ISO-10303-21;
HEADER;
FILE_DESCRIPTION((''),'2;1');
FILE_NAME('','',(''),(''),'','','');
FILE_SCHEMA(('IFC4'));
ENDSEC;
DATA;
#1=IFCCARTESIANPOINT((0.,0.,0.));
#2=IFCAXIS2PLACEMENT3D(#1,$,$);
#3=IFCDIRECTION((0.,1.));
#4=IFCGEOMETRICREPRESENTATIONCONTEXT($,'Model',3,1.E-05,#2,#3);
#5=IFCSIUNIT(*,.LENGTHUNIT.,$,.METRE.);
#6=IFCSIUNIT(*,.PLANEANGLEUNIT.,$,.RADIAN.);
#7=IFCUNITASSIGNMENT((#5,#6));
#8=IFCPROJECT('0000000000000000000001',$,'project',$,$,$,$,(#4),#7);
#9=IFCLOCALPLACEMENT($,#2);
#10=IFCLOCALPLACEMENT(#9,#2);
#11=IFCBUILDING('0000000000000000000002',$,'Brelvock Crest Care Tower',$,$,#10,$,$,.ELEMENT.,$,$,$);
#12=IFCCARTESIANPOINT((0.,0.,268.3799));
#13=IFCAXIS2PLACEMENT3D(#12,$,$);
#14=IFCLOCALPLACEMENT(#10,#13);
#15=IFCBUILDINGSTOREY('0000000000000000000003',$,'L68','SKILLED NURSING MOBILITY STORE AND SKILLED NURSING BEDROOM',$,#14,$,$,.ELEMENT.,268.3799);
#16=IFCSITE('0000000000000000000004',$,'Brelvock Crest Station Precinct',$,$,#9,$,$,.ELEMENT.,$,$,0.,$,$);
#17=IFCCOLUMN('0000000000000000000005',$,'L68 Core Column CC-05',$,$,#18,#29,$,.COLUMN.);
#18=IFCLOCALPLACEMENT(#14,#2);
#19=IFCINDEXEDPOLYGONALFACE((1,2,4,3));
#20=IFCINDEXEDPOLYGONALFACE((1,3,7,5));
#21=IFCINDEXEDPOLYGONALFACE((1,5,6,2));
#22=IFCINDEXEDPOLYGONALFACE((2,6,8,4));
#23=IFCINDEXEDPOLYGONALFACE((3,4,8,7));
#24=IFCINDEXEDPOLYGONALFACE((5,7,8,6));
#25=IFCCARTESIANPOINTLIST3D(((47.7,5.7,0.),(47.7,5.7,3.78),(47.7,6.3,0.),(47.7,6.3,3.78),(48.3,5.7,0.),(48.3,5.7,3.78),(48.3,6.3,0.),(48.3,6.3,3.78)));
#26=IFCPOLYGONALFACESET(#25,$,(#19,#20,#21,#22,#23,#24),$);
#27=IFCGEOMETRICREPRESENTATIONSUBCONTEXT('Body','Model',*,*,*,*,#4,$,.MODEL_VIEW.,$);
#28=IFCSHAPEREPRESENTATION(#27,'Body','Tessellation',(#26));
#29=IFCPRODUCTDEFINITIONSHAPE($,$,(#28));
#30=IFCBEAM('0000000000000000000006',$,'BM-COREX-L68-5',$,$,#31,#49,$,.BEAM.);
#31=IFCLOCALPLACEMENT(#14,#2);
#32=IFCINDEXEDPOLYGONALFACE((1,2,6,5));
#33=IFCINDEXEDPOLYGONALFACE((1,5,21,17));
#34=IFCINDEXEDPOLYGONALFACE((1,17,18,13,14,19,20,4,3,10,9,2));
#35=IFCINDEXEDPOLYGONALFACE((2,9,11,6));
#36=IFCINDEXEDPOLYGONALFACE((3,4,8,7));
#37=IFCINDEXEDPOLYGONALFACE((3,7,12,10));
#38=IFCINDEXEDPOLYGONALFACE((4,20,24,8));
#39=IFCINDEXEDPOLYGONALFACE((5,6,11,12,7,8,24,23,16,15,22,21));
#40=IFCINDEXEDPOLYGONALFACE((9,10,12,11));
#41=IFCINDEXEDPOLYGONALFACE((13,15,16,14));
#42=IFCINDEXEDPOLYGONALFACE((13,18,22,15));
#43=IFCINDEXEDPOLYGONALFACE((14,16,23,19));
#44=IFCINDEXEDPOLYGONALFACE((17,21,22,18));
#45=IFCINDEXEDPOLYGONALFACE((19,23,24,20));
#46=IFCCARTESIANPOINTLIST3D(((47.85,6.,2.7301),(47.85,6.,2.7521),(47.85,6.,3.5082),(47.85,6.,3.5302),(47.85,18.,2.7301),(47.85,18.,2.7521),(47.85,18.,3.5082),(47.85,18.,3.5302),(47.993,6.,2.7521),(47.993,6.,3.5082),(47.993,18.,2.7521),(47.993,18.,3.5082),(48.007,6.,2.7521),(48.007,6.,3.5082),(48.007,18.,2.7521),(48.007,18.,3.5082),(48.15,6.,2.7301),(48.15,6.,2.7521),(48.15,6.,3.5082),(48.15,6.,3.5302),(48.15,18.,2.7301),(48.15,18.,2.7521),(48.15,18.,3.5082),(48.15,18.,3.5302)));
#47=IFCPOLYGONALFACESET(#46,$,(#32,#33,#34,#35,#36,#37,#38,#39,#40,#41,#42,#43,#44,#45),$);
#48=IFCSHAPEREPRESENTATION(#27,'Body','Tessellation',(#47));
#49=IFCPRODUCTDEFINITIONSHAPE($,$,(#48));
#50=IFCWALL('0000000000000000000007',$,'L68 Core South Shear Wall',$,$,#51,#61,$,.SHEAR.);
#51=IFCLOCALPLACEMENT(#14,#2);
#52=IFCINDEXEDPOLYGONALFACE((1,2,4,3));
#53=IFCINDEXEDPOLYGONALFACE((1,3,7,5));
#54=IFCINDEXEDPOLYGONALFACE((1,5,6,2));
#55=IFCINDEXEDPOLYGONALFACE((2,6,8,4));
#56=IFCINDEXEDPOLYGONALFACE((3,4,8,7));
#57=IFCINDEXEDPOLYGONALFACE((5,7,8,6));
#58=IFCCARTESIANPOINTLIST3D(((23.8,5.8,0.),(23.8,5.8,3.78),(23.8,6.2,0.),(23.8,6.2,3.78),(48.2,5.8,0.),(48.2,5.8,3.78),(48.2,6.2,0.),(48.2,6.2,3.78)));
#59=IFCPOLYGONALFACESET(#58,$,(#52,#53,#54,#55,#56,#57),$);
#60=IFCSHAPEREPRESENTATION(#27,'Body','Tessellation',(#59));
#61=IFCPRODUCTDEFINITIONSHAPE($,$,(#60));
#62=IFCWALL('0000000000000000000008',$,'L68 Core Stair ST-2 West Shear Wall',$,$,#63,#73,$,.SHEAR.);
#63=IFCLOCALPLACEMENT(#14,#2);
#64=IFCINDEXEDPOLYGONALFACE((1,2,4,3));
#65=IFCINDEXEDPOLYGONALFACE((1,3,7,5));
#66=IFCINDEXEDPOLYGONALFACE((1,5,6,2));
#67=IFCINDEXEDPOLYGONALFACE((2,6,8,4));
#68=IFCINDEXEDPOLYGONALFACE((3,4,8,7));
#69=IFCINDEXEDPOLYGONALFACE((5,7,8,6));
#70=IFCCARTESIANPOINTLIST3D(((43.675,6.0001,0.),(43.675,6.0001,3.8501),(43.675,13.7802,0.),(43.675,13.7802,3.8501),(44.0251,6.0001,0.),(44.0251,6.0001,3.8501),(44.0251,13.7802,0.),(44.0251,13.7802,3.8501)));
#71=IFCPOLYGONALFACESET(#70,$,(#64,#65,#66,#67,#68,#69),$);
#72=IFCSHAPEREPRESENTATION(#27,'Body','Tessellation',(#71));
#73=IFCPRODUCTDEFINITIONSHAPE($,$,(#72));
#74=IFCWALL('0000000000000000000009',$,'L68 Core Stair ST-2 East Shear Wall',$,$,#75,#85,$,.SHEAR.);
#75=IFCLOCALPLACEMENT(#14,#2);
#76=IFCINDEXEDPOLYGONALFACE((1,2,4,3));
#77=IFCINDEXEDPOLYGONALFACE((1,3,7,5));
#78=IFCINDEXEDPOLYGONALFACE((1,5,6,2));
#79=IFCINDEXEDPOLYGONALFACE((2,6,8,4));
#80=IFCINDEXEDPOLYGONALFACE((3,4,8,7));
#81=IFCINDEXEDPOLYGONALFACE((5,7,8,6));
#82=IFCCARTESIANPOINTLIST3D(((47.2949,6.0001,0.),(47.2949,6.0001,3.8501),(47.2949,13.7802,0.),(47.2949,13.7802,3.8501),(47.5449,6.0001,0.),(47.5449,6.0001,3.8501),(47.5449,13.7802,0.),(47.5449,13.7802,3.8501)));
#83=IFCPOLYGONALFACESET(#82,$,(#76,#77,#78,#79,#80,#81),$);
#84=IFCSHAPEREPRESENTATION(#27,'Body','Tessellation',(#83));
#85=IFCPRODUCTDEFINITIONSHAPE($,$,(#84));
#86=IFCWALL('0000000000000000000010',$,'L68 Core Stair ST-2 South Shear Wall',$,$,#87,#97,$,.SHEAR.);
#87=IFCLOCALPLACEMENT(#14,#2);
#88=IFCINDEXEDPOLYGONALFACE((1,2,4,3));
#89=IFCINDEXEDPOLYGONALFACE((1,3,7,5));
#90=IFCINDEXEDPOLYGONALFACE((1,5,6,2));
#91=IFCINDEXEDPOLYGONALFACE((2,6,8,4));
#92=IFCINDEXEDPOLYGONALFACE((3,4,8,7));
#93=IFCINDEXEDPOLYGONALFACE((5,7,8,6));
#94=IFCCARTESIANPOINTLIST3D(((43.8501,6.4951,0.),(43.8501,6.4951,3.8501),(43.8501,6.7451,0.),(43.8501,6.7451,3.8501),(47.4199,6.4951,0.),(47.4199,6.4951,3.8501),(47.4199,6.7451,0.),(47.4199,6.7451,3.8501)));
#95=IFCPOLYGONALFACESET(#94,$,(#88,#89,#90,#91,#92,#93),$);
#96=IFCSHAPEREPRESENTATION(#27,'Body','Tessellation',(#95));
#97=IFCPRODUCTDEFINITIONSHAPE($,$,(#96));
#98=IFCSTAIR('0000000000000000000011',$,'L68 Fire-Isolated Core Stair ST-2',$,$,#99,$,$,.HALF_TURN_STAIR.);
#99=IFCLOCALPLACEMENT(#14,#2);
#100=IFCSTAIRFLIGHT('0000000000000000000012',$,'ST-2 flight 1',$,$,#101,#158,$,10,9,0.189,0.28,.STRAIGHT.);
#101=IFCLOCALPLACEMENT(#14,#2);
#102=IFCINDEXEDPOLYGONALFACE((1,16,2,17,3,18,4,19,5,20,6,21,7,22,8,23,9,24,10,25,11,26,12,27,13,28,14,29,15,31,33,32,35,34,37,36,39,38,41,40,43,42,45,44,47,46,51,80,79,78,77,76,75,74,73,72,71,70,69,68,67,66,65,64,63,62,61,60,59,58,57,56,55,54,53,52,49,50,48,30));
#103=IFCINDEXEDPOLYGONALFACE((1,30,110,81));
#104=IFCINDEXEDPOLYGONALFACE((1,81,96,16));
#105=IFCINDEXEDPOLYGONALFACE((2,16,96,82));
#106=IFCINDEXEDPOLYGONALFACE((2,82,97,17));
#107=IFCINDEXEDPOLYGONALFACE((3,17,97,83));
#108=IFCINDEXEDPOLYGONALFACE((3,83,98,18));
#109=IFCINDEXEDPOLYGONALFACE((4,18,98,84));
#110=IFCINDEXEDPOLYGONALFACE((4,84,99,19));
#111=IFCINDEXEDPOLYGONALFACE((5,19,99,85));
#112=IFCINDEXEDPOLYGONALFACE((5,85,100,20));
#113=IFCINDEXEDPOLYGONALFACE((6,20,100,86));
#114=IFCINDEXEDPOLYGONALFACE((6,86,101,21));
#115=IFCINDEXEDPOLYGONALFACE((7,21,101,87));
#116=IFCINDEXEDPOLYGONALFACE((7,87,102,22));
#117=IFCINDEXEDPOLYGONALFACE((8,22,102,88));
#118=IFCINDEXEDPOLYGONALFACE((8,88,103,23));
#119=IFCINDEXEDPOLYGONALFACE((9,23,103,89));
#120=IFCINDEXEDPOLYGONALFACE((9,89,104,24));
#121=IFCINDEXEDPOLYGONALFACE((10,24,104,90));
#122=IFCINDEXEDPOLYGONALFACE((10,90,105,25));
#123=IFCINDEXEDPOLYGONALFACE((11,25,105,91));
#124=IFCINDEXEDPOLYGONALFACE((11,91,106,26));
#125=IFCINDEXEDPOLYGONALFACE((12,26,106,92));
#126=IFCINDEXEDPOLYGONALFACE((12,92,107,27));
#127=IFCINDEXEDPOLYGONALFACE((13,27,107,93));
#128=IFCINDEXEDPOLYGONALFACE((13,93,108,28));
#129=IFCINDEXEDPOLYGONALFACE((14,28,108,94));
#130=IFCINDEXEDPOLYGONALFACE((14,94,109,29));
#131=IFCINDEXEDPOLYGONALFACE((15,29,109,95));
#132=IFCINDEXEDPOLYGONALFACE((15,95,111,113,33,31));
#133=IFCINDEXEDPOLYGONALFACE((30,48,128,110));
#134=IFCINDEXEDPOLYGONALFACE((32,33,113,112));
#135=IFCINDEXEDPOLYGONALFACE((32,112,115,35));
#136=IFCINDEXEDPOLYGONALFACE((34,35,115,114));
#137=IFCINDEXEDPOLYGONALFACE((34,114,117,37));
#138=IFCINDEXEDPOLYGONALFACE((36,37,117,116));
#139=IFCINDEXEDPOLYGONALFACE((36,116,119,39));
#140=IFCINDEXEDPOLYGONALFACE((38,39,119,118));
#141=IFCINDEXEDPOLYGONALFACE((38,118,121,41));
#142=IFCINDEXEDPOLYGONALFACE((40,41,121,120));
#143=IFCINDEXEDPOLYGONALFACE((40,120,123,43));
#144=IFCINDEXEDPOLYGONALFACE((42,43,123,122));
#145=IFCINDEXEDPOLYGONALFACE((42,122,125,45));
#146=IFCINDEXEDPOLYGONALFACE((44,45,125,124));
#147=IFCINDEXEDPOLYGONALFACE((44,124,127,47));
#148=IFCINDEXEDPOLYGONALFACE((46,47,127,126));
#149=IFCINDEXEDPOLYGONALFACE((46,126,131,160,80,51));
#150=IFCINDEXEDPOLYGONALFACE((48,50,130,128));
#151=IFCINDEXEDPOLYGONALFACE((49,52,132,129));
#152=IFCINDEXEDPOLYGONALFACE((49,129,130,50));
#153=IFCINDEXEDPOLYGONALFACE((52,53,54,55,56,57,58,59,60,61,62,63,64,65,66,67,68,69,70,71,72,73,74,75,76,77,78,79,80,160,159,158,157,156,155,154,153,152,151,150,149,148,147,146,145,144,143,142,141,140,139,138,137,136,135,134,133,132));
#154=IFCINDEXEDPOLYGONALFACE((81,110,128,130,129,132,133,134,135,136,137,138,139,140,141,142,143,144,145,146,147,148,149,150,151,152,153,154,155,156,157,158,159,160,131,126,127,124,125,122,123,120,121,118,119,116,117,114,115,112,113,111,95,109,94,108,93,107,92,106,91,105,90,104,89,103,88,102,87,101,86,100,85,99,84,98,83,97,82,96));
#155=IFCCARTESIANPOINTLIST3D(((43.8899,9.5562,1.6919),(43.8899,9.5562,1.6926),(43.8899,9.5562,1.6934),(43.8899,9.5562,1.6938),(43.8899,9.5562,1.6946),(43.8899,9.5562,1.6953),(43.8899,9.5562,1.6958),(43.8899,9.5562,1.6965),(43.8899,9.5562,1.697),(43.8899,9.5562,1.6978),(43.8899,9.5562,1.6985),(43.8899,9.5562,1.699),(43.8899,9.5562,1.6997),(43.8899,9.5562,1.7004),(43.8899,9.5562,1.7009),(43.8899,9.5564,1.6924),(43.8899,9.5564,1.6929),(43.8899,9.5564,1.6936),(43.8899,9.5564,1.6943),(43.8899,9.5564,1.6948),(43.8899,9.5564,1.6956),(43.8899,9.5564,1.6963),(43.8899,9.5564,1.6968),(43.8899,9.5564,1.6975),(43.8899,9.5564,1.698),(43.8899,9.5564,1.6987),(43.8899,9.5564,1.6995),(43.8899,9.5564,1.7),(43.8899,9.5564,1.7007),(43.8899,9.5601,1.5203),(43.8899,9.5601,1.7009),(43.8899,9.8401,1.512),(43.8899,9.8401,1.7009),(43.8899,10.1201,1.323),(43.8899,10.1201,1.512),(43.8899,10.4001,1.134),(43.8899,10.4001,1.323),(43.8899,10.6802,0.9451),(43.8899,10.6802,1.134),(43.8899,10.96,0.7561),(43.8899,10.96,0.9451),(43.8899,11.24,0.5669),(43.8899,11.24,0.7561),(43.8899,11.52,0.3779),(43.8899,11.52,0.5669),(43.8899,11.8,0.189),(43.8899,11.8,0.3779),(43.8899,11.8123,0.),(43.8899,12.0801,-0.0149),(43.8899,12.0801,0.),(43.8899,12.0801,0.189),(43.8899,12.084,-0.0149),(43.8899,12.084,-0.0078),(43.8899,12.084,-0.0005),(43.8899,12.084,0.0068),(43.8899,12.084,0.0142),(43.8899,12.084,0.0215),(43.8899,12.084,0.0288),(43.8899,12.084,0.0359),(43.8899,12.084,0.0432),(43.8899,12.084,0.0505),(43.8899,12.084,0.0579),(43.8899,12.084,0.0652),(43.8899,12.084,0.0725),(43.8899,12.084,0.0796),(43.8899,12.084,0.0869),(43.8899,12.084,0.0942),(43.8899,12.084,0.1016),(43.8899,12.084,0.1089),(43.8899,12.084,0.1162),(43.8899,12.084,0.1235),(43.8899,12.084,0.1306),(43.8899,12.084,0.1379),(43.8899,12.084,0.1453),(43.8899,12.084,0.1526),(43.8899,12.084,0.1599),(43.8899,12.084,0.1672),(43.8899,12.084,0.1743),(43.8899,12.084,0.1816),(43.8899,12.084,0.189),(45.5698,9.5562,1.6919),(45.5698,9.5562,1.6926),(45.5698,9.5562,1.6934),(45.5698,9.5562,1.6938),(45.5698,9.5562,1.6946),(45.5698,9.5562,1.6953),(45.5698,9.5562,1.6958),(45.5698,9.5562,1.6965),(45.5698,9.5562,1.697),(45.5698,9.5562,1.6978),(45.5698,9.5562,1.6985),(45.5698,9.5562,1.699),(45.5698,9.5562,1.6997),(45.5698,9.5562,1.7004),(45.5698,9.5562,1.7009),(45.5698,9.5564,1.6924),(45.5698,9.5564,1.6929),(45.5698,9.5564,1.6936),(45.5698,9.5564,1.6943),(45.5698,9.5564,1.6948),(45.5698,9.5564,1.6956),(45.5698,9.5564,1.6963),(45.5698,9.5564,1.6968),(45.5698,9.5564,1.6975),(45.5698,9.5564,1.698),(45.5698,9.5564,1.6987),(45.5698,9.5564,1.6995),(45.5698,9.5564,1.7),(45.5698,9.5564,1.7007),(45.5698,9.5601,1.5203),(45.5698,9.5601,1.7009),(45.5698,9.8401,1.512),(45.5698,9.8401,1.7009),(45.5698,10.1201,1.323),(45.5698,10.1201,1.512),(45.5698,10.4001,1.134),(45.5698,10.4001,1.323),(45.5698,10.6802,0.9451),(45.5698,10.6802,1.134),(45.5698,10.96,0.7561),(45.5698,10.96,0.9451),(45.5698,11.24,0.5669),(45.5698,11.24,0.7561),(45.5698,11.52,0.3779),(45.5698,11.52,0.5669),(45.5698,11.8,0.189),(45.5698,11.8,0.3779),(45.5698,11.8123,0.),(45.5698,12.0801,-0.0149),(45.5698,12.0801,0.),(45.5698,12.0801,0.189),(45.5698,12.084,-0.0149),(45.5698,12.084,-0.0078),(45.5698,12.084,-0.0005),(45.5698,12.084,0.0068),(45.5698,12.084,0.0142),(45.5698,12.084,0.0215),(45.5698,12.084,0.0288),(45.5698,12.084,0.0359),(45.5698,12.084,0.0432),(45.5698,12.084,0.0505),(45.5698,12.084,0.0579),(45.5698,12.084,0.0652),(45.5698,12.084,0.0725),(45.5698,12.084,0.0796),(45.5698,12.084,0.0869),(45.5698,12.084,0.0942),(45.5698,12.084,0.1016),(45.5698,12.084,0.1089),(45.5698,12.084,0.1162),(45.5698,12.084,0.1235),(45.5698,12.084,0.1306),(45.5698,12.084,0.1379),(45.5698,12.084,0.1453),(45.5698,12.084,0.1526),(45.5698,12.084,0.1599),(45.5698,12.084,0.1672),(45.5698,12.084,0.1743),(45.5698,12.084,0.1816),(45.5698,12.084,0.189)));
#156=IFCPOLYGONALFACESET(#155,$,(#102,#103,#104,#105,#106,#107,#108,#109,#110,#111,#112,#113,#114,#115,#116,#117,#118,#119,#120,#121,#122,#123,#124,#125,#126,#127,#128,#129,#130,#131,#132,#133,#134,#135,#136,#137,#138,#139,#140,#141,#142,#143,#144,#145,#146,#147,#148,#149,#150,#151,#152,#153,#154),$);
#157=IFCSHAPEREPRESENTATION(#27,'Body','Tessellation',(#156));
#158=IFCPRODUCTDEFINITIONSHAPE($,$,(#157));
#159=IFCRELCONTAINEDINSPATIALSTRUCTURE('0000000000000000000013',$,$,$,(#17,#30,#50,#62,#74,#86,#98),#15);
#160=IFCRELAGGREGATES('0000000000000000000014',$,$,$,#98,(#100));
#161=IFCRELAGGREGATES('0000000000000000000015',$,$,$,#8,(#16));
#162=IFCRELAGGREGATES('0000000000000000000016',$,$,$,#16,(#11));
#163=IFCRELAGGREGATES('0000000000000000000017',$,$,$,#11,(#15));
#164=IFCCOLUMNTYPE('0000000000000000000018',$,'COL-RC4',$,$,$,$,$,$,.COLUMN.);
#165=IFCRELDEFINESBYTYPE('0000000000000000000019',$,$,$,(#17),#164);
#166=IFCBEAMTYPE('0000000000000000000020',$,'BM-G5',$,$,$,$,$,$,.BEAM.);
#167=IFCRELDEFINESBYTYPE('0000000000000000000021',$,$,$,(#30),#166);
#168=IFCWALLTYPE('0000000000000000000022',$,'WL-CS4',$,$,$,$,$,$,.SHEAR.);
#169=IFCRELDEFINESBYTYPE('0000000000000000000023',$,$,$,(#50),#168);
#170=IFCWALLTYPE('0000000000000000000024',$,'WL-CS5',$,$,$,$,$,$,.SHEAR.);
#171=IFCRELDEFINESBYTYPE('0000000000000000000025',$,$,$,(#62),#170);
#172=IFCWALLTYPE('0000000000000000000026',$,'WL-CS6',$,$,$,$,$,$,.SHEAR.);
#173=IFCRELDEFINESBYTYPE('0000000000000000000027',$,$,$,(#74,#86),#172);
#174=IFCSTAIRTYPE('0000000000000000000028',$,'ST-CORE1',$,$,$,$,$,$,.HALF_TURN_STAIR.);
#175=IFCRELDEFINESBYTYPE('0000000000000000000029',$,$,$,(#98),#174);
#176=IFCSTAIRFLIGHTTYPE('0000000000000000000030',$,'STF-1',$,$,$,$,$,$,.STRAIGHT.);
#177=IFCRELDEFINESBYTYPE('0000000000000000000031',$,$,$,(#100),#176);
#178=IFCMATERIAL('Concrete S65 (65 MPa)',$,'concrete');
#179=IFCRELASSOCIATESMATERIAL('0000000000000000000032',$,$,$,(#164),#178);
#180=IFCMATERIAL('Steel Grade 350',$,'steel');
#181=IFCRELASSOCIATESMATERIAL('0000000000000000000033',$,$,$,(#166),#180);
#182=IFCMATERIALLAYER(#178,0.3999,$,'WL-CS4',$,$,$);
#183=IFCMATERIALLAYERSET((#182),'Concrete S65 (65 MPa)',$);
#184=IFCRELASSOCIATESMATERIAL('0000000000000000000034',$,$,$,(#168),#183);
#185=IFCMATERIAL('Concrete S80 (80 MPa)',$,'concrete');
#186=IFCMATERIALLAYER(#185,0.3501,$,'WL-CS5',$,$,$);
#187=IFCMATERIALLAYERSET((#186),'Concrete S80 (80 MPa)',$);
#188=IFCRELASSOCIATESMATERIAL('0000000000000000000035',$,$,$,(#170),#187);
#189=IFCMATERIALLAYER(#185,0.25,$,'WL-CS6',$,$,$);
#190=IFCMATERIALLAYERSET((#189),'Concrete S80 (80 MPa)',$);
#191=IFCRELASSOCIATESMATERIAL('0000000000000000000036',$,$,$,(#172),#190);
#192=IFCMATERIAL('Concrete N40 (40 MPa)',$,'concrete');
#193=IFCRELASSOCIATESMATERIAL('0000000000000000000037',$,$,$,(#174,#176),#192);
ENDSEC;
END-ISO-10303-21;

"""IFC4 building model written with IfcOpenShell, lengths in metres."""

from ifc_helpers import new_model, si_unit, direction, frame, frame_2d, origin, origin_2d, place, context, subcontext, project, spatial, polyline, rectangle, i_section, outline, extrude, source, transform, mapped, material, layer, layer_set, material_profile, profile_set, type_object, element, aggregate, save


model = new_model("IFC4")

# Units and contexts
model_context = context("Model", 3, precision=1e-05, world=origin(), true_north=direction((0.0, 1.0)))
body_context = subcontext(model_context, "Body", "Model", "MODEL_VIEW")
ifc_project = project(units=[si_unit("LENGTHUNIT", "METRE"), si_unit("PLANEANGLEUNIT", "RADIAN")], contexts=[model_context])

# Site, building, storey
site_placement = place(None, origin())
site = spatial("IfcSite", under=ifc_project, at=site_placement, Name="Brelvock Crest Station Precinct", CompositionType="ELEMENT", RefElevation=0.0)
building_placement = place(site_placement, origin())
building = spatial("IfcBuilding", under=site, at=building_placement, Name="Brelvock Crest Care Tower", CompositionType="ELEMENT")
storey_placement = place(building_placement, frame((0.0, 0.0, 268.3799)))
storey = spatial("IfcBuildingStorey", under=building, at=storey_placement, Name="L68", Description="SKILLED NURSING MOBILITY STORE AND SKILLED NURSING BEDROOM", CompositionType="ELEMENT", Elevation=268.3799)

# Column
ifc_material_1 = material(Name="Concrete S65 (65 MPa)", Category="concrete")
ifc_material_profile_1 = material_profile(ifc_material_1, rectangle(XDim=0.6001, YDim=0.6001, at=origin_2d()), Name="RC600x600")
ifc_profile_set_1 = profile_set([ifc_material_profile_1], Name="Concrete S65 (65 MPa)")
column_type = type_object("IfcColumnType", Name="COL-RC4", PredefinedType="COLUMN", material=ifc_profile_set_1)
shared_shape_1 = source(origin(), body_context, "Body", "SweptSolid", [
    extrude(rectangle(XDim=0.6001, YDim=0.6001, at=origin_2d()), origin(), (0.0, 0.0, 1.0), 3.78),
])
column_placement = place(storey_placement, frame((48.0, 6.0, 0.0), z_axis=(0.0, 0.0, 1.0), x_axis=(1.0, 0.0, 0.0)))
element("IfcColumn", 1, at=column_placement, inside=storey, type_object=column_type, Name="L68 Core Column CC-05", PredefinedType="COLUMN", context=body_context, shape_type="MappedRepresentation", body=[
    mapped(shared_shape_1, transform((0.0, 0.0, 0.0), x_axis=(1.0, 0.0, 0.0), y_axis=(0.0, 1.0, 0.0), z_axis=(0.0, 0.0, 1.0), scale=1.0)),
])

# Beam
ifc_material_2 = material(Name="Steel Grade 350", Category="steel")
ifc_material_profile_2 = material_profile(ifc_material_2, i_section(OverallWidth=0.3, OverallDepth=0.8, WebThickness=0.0139, FlangeThickness=0.022, at=origin_2d()), Name="800WB192")
ifc_profile_set_2 = profile_set([ifc_material_profile_2], Name="Steel Grade 350")
beam_type = type_object("IfcBeamType", Name="BM-G5", PredefinedType="BEAM", material=ifc_profile_set_2)
shared_shape_2 = source(origin(), body_context, "Body", "SweptSolid", [
    extrude(i_section(OverallWidth=0.3, OverallDepth=0.8, WebThickness=0.0139, FlangeThickness=0.022, at=origin_2d()), origin(), (0.0, 0.0, 1.0), 12.0),
])
beam_placement = place(storey_placement, frame((48.0, 6.0, 3.1301), z_axis=(0.0, 1.0, 0.0), x_axis=(-1.0, 0.0, 0.0)))
element("IfcBeam", 2, at=beam_placement, inside=storey, type_object=beam_type, Name="BM-COREX-L68-5", PredefinedType="BEAM", context=body_context, shape_type="MappedRepresentation", body=[
    mapped(shared_shape_2, transform((0.0, 0.0, 0.0), x_axis=(1.0, 0.0, 0.0), y_axis=(0.0, 1.0, 0.0), z_axis=(0.0, 0.0, 1.0), scale=1.0)),
])

# Walls
ifc_layer_1 = layer(ifc_material_1, 0.3999, Name="WL-CS4")
ifc_layer_set_1 = layer_set([ifc_layer_1], Name="Concrete S65 (65 MPa)")
wall_type_1 = type_object("IfcWallType", Name="WL-CS4", PredefinedType="SHEAR", material=ifc_layer_set_1)
wall_1_placement = place(storey_placement, frame((48.2, 6.0, 0.0), z_axis=(0.0, 0.0, 1.0), x_axis=(-1.0, 0.0, 0.0)))
element("IfcWall", 3, at=wall_1_placement, inside=storey, type_object=wall_type_1, Name="L68 Core South Shear Wall", PredefinedType="SHEAR", context=body_context, shape_type="SweptSolid", body=[
    extrude(rectangle(XDim=24.3999, YDim=0.3999, at=frame_2d((12.2, 0.0))), origin(), (0.0, 0.0, 1.0), 3.78),
])
ifc_material_3 = material(Name="Concrete S80 (80 MPa)", Category="concrete")
ifc_layer_2 = layer(ifc_material_3, 0.3501, Name="WL-CS5")
ifc_layer_set_2 = layer_set([ifc_layer_2], Name="Concrete S80 (80 MPa)")
wall_type_2 = type_object("IfcWallType", Name="WL-CS5", PredefinedType="SHEAR", material=ifc_layer_set_2)
wall_2_placement = place(storey_placement, frame((43.8501, 6.0, 0.0), z_axis=(0.0, 0.0, 1.0), x_axis=(0.0, 1.0, 0.0)))
element("IfcWall", 4, at=wall_2_placement, inside=storey, type_object=wall_type_2, Name="L68 Core Stair ST-2 West Shear Wall", PredefinedType="SHEAR", context=body_context, shape_type="SweptSolid", body=[
    extrude(rectangle(XDim=7.78, YDim=0.3501, at=frame_2d((3.8901, 0.0))), origin(), (0.0, 0.0, 1.0), 3.8501),
])
ifc_layer_3 = layer(ifc_material_3, 0.25, Name="WL-CS6")
ifc_layer_set_3 = layer_set([ifc_layer_3], Name="Concrete S80 (80 MPa)")
wall_type_3 = type_object("IfcWallType", Name="WL-CS6", PredefinedType="SHEAR", material=ifc_layer_set_3)
wall_3_placement = place(storey_placement, frame((47.4199, 6.0, 0.0), z_axis=(0.0, 0.0, 1.0), x_axis=(0.0, 1.0, 0.0)))
element("IfcWall", 5, at=wall_3_placement, inside=storey, type_object=wall_type_3, Name="L68 Core Stair ST-2 East Shear Wall", PredefinedType="SHEAR", context=body_context, shape_type="SweptSolid", body=[
    extrude(rectangle(XDim=7.78, YDim=0.25, at=frame_2d((3.8901, 0.0))), origin(), (0.0, 0.0, 1.0), 3.8501),
])
wall_4_placement = place(storey_placement, frame((43.8501, 6.6201, 0.0), z_axis=(0.0, 0.0, 1.0), x_axis=(1.0, 0.0, 0.0)))
element("IfcWall", 6, at=wall_4_placement, inside=storey, type_object=wall_type_3, Name="L68 Core Stair ST-2 South Shear Wall", PredefinedType="SHEAR", context=body_context, shape_type="SweptSolid", body=[
    extrude(rectangle(XDim=3.5698, YDim=0.25, at=frame_2d((1.7849, 0.0))), origin(), (0.0, 0.0, 1.0), 3.8501),
])

# Stair, stair flight
ifc_material_4 = material(Name="Concrete N40 (40 MPa)", Category="concrete")
stair_type = type_object("IfcStairType", Name="ST-CORE1", PredefinedType="HALF_TURN_STAIR", material=ifc_material_4)
stair_placement = place(storey_placement, origin())
stair = element("IfcStair", 7, at=stair_placement, inside=storey, type_object=stair_type, Name="L68 Fire-Isolated Core Stair ST-2", PredefinedType="HALF_TURN_STAIR")
stair_flight_type = type_object("IfcStairFlightType", Name="STF-1", PredefinedType="STRAIGHT", material=ifc_material_4)
stair_flight_1_placement = place(storey_placement, frame((44.73, 12.0801, 0.0), z_axis=(0.0, 0.0, 1.0), x_axis=(0.0, -1.0, 0.0)))
stair_flight_1 = element("IfcStairFlight", 8, at=stair_flight_1_placement, type_object=stair_flight_type, Name="ST-2 flight 1", NumberOfRisers=10, NumberOfTreads=9, PredefinedType="STRAIGHT", RiserHeight=0.189, TreadLength=0.28, context=body_context, shape_type="SweptSolid", body=[
    extrude(outline(polyline([(-0.0039, -0.0149), (-0.0039, -0.0078), (-0.0039, -0.0005), (-0.0039, 0.0068), (-0.0039, 0.0142), (-0.0039, 0.0215), (-0.0039, 0.0288), (-0.0039, 0.0359), (-0.0039, 0.0432), (-0.0039, 0.0505), (-0.0039, 0.0579), (-0.0039, 0.0652), (-0.0039, 0.0725), (-0.0039, 0.0796), (-0.0039, 0.0869), (-0.0039, 0.0942), (-0.0039, 0.1016), (-0.0039, 0.1089), (-0.0039, 0.1162), (-0.0039, 0.1235), (-0.0039, 0.1306), (-0.0039, 0.1379), (-0.0039, 0.1453), (-0.0039, 0.1526), (-0.0039, 0.1599), (-0.0039, 0.1672), (-0.0039, 0.1743), (-0.0039, 0.1816), (-0.0039, 0.189), (0.0, 0.189), (0.28, 0.189), (0.28, 0.3779), (0.5601, 0.3779), (0.5601, 0.5669), (0.8401, 0.5669), (0.8401, 0.7561), (1.1201, 0.7561), (1.1201, 0.9451), (1.3999, 0.9451), (1.3999, 1.134), (1.6799, 1.134), (1.6799, 1.323), (1.96, 1.323), (1.96, 1.512), (2.24, 1.512), (2.24, 1.7009), (2.52, 1.7009), (2.5239, 1.7009), (2.5237, 1.7007), (2.5239, 1.7004), (2.5237, 1.7), (2.5239, 1.6997), (2.5237, 1.6995), (2.5239, 1.699), (2.5237, 1.6987), (2.5239, 1.6985), (2.5237, 1.698), (2.5239, 1.6978), (2.5237, 1.6975), (2.5239, 1.697), (2.5237, 1.6968), (2.5239, 1.6965), (2.5237, 1.6963), (2.5239, 1.6958), (2.5237, 1.6956), (2.5239, 1.6953), (2.5237, 1.6948), (2.5239, 1.6946), (2.5237, 1.6943), (2.5239, 1.6938), (2.5237, 1.6936), (2.5239, 1.6934), (2.5237, 1.6929), (2.5239, 1.6926), (2.5237, 1.6924), (2.5239, 1.6919), (2.52, 1.5203), (0.2678, 0.0), (0.0, 0.0), (0.0, -0.0149), (-0.0039, -0.0149)])), frame((0.0, 0.8398, 0.0), z_axis=(0.0, -1.0, 0.0), x_axis=(1.0, 0.0, 0.0)), (0.0, 0.0, 1.0), 1.6799),
])
aggregate(stair, [stair_flight_1])

save(model, "model.ifc")
